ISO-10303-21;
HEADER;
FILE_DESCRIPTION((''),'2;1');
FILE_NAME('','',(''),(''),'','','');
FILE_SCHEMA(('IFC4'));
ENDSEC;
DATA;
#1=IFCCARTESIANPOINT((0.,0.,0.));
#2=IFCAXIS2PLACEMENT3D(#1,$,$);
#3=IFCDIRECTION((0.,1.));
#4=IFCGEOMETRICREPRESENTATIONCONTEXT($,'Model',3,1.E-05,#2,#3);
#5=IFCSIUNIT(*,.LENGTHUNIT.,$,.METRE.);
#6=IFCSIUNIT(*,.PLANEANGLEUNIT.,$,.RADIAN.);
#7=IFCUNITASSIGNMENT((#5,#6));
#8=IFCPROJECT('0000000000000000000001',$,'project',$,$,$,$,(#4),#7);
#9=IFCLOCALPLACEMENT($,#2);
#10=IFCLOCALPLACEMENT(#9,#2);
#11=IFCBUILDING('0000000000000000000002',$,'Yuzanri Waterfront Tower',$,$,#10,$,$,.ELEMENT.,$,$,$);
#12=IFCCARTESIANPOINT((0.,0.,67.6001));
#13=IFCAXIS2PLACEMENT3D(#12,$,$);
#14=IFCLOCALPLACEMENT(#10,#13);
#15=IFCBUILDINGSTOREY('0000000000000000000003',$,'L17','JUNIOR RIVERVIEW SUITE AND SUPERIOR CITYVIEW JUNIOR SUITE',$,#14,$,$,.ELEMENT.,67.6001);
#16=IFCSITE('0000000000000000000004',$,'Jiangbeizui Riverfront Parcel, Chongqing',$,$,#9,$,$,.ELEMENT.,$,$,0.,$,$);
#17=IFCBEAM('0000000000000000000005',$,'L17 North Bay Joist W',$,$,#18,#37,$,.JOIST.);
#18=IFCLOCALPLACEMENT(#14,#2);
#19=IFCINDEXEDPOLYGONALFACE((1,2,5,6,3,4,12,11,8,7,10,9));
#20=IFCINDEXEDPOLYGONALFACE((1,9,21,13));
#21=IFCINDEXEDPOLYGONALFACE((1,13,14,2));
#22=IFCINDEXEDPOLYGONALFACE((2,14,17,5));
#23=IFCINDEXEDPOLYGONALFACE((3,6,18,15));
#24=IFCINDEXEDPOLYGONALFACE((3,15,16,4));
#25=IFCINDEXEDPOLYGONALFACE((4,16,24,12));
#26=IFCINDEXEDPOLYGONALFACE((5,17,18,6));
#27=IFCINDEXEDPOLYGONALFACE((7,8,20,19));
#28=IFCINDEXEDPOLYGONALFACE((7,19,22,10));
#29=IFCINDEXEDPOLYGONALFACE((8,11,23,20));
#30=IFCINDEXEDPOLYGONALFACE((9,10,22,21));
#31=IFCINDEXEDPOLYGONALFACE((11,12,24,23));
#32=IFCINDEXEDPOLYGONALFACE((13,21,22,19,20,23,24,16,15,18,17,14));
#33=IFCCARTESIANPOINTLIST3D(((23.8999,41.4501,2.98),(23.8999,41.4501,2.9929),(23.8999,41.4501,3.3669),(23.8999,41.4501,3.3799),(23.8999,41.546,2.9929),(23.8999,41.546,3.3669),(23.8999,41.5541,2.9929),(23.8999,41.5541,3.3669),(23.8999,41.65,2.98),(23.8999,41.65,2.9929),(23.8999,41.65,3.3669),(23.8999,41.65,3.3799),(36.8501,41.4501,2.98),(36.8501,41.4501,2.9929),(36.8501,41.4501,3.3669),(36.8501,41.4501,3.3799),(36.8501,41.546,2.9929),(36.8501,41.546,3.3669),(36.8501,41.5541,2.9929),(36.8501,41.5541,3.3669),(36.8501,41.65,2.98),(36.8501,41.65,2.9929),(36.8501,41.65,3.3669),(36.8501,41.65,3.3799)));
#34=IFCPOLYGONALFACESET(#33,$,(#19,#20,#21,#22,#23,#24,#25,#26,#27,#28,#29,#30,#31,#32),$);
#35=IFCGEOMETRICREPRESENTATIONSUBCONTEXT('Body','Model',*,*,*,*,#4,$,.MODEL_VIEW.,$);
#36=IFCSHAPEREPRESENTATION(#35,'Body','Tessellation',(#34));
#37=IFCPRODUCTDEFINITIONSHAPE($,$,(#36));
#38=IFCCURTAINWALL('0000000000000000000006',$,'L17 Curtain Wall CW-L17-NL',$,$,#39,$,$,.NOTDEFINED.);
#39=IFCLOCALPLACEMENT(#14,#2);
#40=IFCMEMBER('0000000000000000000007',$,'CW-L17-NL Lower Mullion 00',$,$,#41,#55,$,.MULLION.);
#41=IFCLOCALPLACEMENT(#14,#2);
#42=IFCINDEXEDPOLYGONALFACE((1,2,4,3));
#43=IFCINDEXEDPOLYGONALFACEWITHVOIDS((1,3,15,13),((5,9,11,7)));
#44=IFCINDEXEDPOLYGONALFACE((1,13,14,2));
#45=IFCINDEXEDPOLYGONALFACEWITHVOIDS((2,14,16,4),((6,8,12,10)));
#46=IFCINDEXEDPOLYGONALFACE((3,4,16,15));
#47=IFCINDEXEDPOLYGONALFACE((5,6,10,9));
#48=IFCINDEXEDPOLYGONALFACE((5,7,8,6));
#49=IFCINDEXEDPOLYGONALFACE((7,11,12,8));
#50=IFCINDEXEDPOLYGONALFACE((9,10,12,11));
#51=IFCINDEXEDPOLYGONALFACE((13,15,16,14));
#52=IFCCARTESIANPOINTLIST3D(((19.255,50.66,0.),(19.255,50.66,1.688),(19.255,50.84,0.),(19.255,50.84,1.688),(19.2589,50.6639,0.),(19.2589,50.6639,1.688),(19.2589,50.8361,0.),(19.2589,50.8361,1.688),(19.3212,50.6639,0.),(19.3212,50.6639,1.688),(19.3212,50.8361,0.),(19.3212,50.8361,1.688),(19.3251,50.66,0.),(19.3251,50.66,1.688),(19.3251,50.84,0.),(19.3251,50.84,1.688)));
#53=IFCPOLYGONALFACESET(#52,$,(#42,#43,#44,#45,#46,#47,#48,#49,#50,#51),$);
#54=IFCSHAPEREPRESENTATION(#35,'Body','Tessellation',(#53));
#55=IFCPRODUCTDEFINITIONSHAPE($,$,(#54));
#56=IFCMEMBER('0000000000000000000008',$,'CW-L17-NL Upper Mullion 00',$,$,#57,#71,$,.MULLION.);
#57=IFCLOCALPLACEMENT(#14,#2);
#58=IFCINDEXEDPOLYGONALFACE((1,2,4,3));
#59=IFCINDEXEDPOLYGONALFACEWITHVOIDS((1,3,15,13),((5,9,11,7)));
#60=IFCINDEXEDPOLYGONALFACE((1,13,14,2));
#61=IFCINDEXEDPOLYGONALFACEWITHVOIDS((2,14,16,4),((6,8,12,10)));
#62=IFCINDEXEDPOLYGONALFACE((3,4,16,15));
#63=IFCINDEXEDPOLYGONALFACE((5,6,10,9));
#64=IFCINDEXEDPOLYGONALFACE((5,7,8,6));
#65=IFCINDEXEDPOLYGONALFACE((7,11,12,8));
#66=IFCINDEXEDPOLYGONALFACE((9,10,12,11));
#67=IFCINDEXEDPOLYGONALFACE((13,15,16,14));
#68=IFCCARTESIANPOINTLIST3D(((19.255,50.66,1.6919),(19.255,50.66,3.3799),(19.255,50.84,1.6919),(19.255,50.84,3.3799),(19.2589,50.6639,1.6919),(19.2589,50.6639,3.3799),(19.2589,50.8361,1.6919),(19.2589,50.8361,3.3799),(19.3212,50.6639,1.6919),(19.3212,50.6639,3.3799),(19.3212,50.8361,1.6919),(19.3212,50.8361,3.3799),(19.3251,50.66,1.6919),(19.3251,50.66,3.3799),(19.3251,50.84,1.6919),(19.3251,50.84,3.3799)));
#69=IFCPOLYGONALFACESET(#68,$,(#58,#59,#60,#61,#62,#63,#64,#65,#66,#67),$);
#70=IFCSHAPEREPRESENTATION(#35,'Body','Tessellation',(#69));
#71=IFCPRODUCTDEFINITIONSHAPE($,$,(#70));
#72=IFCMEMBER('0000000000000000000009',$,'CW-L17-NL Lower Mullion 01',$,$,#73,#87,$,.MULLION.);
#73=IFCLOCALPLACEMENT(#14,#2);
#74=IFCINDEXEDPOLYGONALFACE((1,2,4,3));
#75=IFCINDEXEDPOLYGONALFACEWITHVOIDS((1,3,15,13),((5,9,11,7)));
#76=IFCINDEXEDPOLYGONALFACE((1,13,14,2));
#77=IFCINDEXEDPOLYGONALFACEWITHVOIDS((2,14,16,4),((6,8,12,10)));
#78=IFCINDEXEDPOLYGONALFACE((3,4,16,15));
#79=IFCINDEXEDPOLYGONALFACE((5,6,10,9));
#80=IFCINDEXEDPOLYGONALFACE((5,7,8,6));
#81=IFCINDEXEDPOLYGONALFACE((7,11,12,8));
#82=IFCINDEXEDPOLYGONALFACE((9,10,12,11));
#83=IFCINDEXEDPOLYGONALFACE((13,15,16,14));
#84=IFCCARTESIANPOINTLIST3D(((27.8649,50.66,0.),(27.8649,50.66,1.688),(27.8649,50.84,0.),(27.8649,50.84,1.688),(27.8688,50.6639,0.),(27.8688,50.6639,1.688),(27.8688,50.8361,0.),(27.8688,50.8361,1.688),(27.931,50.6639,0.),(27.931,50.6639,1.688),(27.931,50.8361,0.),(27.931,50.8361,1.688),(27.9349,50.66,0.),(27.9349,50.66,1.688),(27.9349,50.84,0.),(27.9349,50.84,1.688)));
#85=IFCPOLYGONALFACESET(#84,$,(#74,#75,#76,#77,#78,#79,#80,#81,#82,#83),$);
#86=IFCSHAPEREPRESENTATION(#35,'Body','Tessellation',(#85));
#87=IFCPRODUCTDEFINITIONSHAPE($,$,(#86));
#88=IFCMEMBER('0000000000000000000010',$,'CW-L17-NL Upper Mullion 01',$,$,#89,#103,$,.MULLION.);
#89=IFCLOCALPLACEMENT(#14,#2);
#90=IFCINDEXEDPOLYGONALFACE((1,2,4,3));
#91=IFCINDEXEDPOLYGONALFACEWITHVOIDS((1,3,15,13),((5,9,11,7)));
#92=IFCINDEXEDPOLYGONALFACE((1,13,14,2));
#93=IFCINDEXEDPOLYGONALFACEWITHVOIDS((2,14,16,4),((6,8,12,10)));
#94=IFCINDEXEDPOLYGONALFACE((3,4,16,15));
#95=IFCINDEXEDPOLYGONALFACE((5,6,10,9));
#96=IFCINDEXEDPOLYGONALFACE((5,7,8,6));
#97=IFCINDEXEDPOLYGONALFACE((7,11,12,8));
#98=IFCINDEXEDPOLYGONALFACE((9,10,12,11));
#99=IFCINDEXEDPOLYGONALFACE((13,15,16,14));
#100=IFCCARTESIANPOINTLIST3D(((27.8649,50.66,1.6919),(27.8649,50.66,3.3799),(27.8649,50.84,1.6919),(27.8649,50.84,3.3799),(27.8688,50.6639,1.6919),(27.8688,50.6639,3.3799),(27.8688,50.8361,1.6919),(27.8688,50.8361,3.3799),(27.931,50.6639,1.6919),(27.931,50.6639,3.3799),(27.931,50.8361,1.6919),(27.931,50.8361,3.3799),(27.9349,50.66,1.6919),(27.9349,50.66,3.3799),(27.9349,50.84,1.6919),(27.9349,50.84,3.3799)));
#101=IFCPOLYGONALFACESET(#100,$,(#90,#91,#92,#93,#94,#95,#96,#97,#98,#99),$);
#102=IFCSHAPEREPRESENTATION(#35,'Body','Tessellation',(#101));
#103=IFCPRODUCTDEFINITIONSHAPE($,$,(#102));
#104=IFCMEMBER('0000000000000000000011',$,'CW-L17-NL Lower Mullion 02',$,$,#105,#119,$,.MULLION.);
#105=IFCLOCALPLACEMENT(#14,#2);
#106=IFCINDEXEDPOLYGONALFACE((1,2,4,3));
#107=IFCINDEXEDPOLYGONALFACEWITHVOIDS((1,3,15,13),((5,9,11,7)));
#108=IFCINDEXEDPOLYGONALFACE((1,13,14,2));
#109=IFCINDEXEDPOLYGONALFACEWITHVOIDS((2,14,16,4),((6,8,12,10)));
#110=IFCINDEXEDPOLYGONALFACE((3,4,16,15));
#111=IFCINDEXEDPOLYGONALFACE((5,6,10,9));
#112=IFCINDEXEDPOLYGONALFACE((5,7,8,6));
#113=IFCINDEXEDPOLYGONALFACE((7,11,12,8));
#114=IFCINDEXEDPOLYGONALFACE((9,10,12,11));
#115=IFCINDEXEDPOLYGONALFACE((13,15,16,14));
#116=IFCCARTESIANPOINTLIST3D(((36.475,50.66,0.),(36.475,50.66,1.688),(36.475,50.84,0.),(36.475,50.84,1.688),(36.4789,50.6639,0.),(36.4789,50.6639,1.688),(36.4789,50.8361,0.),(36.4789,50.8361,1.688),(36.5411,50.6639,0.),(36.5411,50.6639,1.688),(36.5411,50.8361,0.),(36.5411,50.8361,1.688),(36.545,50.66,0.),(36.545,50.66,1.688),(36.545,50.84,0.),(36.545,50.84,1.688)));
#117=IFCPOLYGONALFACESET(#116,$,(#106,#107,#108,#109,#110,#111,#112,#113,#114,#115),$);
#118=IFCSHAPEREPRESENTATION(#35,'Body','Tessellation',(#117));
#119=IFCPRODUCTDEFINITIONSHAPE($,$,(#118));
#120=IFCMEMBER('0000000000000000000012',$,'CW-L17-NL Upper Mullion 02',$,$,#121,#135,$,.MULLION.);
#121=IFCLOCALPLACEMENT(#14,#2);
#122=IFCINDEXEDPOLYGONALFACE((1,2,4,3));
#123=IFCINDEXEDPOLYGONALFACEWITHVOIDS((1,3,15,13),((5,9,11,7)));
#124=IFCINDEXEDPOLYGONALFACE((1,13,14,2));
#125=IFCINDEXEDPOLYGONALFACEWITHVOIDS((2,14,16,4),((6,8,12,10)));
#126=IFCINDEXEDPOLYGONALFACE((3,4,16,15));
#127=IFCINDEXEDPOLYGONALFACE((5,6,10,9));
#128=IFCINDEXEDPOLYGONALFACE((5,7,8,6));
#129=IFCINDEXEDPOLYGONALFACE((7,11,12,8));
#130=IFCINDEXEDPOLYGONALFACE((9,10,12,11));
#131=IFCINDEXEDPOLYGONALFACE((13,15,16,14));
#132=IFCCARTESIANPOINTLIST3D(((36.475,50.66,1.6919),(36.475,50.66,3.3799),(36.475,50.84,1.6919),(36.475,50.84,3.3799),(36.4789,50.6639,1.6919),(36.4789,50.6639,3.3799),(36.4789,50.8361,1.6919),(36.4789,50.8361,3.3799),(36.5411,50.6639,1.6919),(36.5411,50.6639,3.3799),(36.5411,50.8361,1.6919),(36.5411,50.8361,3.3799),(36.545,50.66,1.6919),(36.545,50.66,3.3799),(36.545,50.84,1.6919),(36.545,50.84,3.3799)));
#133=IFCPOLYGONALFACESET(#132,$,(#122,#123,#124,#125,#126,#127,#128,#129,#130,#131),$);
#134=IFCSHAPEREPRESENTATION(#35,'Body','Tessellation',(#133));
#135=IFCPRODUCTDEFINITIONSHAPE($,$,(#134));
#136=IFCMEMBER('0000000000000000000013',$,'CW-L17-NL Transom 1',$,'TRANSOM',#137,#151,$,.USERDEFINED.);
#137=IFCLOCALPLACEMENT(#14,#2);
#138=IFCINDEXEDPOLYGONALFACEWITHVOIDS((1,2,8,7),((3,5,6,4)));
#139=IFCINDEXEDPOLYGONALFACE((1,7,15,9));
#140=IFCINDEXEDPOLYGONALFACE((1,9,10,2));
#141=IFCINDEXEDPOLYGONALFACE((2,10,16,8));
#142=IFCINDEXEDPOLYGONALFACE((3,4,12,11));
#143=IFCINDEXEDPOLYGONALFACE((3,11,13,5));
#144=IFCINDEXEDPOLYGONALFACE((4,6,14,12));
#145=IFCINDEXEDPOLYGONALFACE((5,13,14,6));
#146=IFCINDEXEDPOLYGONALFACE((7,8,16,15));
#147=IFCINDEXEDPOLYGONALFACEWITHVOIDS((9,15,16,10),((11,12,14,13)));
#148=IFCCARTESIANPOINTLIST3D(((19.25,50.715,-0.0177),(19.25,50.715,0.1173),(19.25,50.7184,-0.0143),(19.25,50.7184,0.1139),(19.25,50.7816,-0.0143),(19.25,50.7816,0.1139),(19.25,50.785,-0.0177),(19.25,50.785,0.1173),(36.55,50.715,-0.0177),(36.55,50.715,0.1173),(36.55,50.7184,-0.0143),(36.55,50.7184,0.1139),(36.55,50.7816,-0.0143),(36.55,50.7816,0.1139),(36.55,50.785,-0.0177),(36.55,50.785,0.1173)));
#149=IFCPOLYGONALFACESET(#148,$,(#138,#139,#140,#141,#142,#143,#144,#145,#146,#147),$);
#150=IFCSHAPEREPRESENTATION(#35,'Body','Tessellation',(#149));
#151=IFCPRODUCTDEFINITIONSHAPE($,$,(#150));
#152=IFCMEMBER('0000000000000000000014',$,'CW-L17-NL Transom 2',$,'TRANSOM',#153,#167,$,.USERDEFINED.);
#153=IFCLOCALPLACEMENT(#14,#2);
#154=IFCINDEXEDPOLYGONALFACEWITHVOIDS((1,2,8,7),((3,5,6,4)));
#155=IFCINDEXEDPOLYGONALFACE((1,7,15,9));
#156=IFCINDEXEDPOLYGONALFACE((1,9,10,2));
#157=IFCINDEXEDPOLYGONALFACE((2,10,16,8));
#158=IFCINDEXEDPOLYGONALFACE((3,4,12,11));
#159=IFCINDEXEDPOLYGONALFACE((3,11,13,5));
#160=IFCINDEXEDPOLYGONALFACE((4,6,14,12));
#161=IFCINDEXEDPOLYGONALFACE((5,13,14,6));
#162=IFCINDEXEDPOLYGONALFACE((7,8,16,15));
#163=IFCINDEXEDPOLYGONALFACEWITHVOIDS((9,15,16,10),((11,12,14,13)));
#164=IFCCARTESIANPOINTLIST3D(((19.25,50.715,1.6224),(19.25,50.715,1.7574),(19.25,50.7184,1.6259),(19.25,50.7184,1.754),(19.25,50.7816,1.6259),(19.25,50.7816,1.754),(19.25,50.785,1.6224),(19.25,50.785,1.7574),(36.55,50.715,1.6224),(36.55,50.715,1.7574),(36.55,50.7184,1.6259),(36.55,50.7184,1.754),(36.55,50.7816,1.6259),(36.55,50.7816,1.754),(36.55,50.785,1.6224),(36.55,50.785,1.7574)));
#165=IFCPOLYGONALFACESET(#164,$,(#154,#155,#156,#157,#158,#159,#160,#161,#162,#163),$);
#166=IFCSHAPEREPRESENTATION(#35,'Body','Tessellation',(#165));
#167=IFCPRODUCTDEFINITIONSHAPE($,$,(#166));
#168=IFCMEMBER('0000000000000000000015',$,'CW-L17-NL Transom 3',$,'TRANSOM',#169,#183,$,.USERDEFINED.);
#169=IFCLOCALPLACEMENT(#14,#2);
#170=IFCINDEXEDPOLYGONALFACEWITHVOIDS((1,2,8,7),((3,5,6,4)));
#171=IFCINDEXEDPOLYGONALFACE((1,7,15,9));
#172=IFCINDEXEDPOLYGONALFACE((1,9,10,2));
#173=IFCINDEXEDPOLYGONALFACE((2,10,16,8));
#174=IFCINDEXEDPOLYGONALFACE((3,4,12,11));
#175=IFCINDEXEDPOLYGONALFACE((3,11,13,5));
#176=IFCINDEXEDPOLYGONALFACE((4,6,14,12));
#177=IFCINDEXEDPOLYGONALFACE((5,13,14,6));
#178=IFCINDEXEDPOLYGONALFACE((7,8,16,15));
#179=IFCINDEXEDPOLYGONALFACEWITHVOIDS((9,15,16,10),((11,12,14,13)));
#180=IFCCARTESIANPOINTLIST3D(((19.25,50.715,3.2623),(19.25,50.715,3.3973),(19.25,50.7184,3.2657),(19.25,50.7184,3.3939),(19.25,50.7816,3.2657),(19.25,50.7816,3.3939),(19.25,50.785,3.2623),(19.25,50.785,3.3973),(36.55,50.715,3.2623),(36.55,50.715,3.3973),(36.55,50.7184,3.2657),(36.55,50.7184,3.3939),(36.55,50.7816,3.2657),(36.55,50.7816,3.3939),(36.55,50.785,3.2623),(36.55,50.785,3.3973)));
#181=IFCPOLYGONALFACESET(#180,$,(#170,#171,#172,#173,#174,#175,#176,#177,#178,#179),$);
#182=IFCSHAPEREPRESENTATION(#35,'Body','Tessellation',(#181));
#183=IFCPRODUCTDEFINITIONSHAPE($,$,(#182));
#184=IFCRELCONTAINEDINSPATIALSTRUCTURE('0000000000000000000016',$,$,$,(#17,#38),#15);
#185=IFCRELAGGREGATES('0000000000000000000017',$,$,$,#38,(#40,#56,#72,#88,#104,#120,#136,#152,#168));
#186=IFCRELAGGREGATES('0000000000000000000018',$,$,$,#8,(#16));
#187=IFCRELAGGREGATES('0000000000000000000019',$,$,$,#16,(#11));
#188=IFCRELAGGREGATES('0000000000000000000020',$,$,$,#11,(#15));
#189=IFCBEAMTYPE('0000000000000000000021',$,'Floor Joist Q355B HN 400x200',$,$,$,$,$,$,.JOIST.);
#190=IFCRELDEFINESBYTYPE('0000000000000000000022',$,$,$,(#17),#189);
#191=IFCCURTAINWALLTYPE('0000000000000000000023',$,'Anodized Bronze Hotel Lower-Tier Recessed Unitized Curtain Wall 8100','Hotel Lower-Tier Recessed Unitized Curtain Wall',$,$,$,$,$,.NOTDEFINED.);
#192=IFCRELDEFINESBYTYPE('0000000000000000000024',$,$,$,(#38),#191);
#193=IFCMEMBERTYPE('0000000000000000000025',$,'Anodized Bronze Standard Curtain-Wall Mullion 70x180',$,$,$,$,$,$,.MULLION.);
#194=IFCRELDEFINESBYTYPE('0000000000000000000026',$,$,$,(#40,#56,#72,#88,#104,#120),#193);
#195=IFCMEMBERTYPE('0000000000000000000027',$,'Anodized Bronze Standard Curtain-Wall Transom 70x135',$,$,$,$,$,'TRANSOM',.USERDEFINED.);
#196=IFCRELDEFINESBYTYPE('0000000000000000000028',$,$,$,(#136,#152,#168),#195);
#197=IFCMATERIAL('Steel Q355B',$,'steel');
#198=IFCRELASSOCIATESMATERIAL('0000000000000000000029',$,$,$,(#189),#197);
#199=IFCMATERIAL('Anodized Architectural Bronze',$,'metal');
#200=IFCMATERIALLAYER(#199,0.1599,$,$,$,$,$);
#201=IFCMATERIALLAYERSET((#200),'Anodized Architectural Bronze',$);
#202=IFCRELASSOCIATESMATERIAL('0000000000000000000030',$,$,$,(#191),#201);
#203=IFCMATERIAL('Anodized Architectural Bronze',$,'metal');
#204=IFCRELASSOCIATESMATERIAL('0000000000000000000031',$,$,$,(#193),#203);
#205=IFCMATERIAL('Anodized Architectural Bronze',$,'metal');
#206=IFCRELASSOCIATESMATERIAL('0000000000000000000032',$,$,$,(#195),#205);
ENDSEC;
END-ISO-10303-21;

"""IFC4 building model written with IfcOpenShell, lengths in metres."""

from ifc_helpers import new_model, si_unit, direction, frame, origin, origin_2d, place, context, subcontext, project, spatial, hollow_rectangle, i_section, extrude, source, transform, mapped, material, layer, layer_set, material_profile, profile_set, type_object, element, aggregate, save


model = new_model("IFC4")

# Units and contexts
model_context = context("Model", 3, precision=1e-05, world=origin(), true_north=direction((0.0, 1.0)))
body_context = subcontext(model_context, "Body", "Model", "MODEL_VIEW")
ifc_project = project(units=[si_unit("LENGTHUNIT", "METRE"), si_unit("PLANEANGLEUNIT", "RADIAN")], contexts=[model_context])

# Site, building, storey
site_placement = place(None, origin())
site = spatial("IfcSite", under=ifc_project, at=site_placement, Name="Jiangbeizui Riverfront Parcel, Chongqing", CompositionType="ELEMENT", RefElevation=0.0)
building_placement = place(site_placement, origin())
building = spatial("IfcBuilding", under=site, at=building_placement, Name="Yuzanri Waterfront Tower", CompositionType="ELEMENT")
storey_placement = place(building_placement, frame((0.0, 0.0, 67.6001)))
storey = spatial("IfcBuildingStorey", under=building, at=storey_placement, Name="L17", Description="JUNIOR RIVERVIEW SUITE AND SUPERIOR CITYVIEW JUNIOR SUITE", CompositionType="ELEMENT", Elevation=67.6001)

# Beam
ifc_material_1 = material(Name="Steel Q355B", Category="steel")
ifc_material_profile_1 = material_profile(ifc_material_1, i_section(OverallWidth=0.2, OverallDepth=0.3999, WebThickness=0.0081, FlangeThickness=0.0129, at=origin_2d()), Name="HN 400x200x8x13")
ifc_profile_set_1 = profile_set([ifc_material_profile_1], Name="Steel Q355B")
beam_type = type_object("IfcBeamType", Name="Floor Joist Q355B HN 400x200", PredefinedType="JOIST", material=ifc_profile_set_1)
shared_shape_1 = source(origin(), body_context, "Body", "SweptSolid", [
    extrude(i_section(OverallWidth=0.2, OverallDepth=0.3999, WebThickness=0.0081, FlangeThickness=0.0129, at=origin_2d()), origin(), (0.0, 0.0, 1.0), 12.9502),
])
beam_placement = place(storey_placement, frame((23.8999, 41.55, 3.1799), z_axis=(1.0, 0.0, 0.0), x_axis=(0.0, 1.0, 0.0)))
element("IfcBeam", 1, at=beam_placement, inside=storey, type_object=beam_type, Name="L17 North Bay Joist W", PredefinedType="JOIST", context=body_context, shape_type="MappedRepresentation", body=[
    mapped(shared_shape_1, transform((0.0, 0.0, 0.0), scale=1.0)),
])

# Curtain wall, members
ifc_material_2 = material(Name="Anodized Architectural Bronze", Category="metal")
ifc_layer_1 = layer(ifc_material_2, 0.1599)
ifc_layer_set_1 = layer_set([ifc_layer_1], Name="Anodized Architectural Bronze")
curtain_wall_type = type_object("IfcCurtainWallType", Name="Anodized Bronze Hotel Lower-Tier Recessed Unitized Curtain Wall 8100", Description="Hotel Lower-Tier Recessed Unitized Curtain Wall", PredefinedType="NOTDEFINED", material=ifc_layer_set_1)
curtain_wall_placement = place(storey_placement, origin())
curtain_wall = element("IfcCurtainWall", 2, at=curtain_wall_placement, inside=storey, type_object=curtain_wall_type, Name="L17 Curtain Wall CW-L17-NL", PredefinedType="NOTDEFINED")
ifc_material_3 = material(Name="Anodized Architectural Bronze", Category="metal")
ifc_material_profile_2 = material_profile(ifc_material_3, hollow_rectangle(XDim=0.0701, YDim=0.1799, WallThickness=0.0039, at=origin_2d()), Name="CWM 70x180")
ifc_profile_set_2 = profile_set([ifc_material_profile_2], Name="Anodized Architectural Bronze")
member_type_1 = type_object("IfcMemberType", Name="Anodized Bronze Standard Curtain-Wall Mullion 70x180", PredefinedType="MULLION", material=ifc_profile_set_2)
shared_shape_2 = source(origin(), body_context, "Body", "SweptSolid", [
    extrude(hollow_rectangle(XDim=0.0701, YDim=0.1799, WallThickness=0.0039, at=origin_2d()), origin(), (0.0, 0.0, 1.0), 1.688),
])
member_1_placement = place(storey_placement, frame((19.29, 50.75, 0.0), z_axis=(0.0, 0.0, 1.0), x_axis=(1.0, 0.0, 0.0)))
member_1 = element("IfcMember", 3, at=member_1_placement, type_object=member_type_1, Name="CW-L17-NL Lower Mullion 00", PredefinedType="MULLION", context=body_context, shape_type="MappedRepresentation", body=[
    mapped(shared_shape_2, transform((0.0, 0.0, 0.0), scale=1.0)),
])
member_2_placement = place(storey_placement, frame((19.29, 50.75, 1.6919), z_axis=(0.0, 0.0, 1.0), x_axis=(1.0, 0.0, 0.0)))
member_2 = element("IfcMember", 4, at=member_2_placement, type_object=member_type_1, Name="CW-L17-NL Upper Mullion 00", PredefinedType="MULLION", context=body_context, shape_type="MappedRepresentation", body=[
    mapped(shared_shape_2, transform((0.0, 0.0, 0.0), scale=1.0)),
])
member_3_placement = place(storey_placement, frame((27.8999, 50.75, 0.0), z_axis=(0.0, 0.0, 1.0), x_axis=(1.0, 0.0, 0.0)))
member_3 = element("IfcMember", 5, at=member_3_placement, type_object=member_type_1, Name="CW-L17-NL Lower Mullion 01", PredefinedType="MULLION", context=body_context, shape_type="MappedRepresentation", body=[
    mapped(shared_shape_2, transform((0.0, 0.0, 0.0), scale=1.0)),
])
member_4_placement = place(storey_placement, frame((27.8999, 50.75, 1.6919), z_axis=(0.0, 0.0, 1.0), x_axis=(1.0, 0.0, 0.0)))
member_4 = element("IfcMember", 6, at=member_4_placement, type_object=member_type_1, Name="CW-L17-NL Upper Mullion 01", PredefinedType="MULLION", context=body_context, shape_type="MappedRepresentation", body=[
    mapped(shared_shape_2, transform((0.0, 0.0, 0.0), scale=1.0)),
])
member_5_placement = place(storey_placement, frame((36.51, 50.75, 0.0), z_axis=(0.0, 0.0, 1.0), x_axis=(1.0, 0.0, 0.0)))
member_5 = element("IfcMember", 7, at=member_5_placement, type_object=member_type_1, Name="CW-L17-NL Lower Mullion 02", PredefinedType="MULLION", context=body_context, shape_type="MappedRepresentation", body=[
    mapped(shared_shape_2, transform((0.0, 0.0, 0.0), scale=1.0)),
])
member_6_placement = place(storey_placement, frame((36.51, 50.75, 1.6919), z_axis=(0.0, 0.0, 1.0), x_axis=(1.0, 0.0, 0.0)))
member_6 = element("IfcMember", 8, at=member_6_placement, type_object=member_type_1, Name="CW-L17-NL Upper Mullion 02", PredefinedType="MULLION", context=body_context, shape_type="MappedRepresentation", body=[
    mapped(shared_shape_2, transform((0.0, 0.0, 0.0), scale=1.0)),
])
ifc_material_4 = material(Name="Anodized Architectural Bronze", Category="metal")
ifc_material_profile_3 = material_profile(ifc_material_4, hollow_rectangle(XDim=0.0701, YDim=0.135, WallThickness=0.0034, at=origin_2d()), Name="CWT 70x135")
ifc_profile_set_3 = profile_set([ifc_material_profile_3], Name="Anodized Architectural Bronze")
member_type_2 = type_object("IfcMemberType", Name="Anodized Bronze Standard Curtain-Wall Transom 70x135", ElementType="TRANSOM", PredefinedType="USERDEFINED", material=ifc_profile_set_3)
shared_shape_3 = source(origin(), body_context, "Body", "SweptSolid", [
    extrude(hollow_rectangle(XDim=0.0701, YDim=0.135, WallThickness=0.0034, at=origin_2d()), origin(), (0.0, 0.0, 1.0), 17.3),
])
member_7_placement = place(storey_placement, frame((19.25, 50.75, 0.0498), z_axis=(1.0, 0.0, 0.0), x_axis=(0.0, 1.0, 0.0)))
member_7 = element("IfcMember", 9, at=member_7_placement, type_object=member_type_2, Name="CW-L17-NL Transom 1", ObjectType="TRANSOM", PredefinedType="USERDEFINED", context=body_context, shape_type="MappedRepresentation", body=[
    mapped(shared_shape_3, transform((0.0, 0.0, 0.0), scale=1.0)),
])
member_8_placement = place(storey_placement, frame((19.25, 50.75, 1.6899), z_axis=(1.0, 0.0, 0.0), x_axis=(0.0, 1.0, 0.0)))
member_8 = element("IfcMember", 10, at=member_8_placement, type_object=member_type_2, Name="CW-L17-NL Transom 2", ObjectType="TRANSOM", PredefinedType="USERDEFINED", context=body_context, shape_type="MappedRepresentation", body=[
    mapped(shared_shape_3, transform((0.0, 0.0, 0.0), scale=1.0)),
])
member_9_placement = place(storey_placement, frame((19.25, 50.75, 3.3298), z_axis=(1.0, 0.0, 0.0), x_axis=(0.0, 1.0, 0.0)))
member_9 = element("IfcMember", 11, at=member_9_placement, type_object=member_type_2, Name="CW-L17-NL Transom 3", ObjectType="TRANSOM", PredefinedType="USERDEFINED", context=body_context, shape_type="MappedRepresentation", body=[
    mapped(shared_shape_3, transform((0.0, 0.0, 0.0), scale=1.0)),
])
aggregate(curtain_wall, [member_1, member_2, member_3, member_4, member_5, member_6, member_7, member_8, member_9])

save(model, "model.ifc")
